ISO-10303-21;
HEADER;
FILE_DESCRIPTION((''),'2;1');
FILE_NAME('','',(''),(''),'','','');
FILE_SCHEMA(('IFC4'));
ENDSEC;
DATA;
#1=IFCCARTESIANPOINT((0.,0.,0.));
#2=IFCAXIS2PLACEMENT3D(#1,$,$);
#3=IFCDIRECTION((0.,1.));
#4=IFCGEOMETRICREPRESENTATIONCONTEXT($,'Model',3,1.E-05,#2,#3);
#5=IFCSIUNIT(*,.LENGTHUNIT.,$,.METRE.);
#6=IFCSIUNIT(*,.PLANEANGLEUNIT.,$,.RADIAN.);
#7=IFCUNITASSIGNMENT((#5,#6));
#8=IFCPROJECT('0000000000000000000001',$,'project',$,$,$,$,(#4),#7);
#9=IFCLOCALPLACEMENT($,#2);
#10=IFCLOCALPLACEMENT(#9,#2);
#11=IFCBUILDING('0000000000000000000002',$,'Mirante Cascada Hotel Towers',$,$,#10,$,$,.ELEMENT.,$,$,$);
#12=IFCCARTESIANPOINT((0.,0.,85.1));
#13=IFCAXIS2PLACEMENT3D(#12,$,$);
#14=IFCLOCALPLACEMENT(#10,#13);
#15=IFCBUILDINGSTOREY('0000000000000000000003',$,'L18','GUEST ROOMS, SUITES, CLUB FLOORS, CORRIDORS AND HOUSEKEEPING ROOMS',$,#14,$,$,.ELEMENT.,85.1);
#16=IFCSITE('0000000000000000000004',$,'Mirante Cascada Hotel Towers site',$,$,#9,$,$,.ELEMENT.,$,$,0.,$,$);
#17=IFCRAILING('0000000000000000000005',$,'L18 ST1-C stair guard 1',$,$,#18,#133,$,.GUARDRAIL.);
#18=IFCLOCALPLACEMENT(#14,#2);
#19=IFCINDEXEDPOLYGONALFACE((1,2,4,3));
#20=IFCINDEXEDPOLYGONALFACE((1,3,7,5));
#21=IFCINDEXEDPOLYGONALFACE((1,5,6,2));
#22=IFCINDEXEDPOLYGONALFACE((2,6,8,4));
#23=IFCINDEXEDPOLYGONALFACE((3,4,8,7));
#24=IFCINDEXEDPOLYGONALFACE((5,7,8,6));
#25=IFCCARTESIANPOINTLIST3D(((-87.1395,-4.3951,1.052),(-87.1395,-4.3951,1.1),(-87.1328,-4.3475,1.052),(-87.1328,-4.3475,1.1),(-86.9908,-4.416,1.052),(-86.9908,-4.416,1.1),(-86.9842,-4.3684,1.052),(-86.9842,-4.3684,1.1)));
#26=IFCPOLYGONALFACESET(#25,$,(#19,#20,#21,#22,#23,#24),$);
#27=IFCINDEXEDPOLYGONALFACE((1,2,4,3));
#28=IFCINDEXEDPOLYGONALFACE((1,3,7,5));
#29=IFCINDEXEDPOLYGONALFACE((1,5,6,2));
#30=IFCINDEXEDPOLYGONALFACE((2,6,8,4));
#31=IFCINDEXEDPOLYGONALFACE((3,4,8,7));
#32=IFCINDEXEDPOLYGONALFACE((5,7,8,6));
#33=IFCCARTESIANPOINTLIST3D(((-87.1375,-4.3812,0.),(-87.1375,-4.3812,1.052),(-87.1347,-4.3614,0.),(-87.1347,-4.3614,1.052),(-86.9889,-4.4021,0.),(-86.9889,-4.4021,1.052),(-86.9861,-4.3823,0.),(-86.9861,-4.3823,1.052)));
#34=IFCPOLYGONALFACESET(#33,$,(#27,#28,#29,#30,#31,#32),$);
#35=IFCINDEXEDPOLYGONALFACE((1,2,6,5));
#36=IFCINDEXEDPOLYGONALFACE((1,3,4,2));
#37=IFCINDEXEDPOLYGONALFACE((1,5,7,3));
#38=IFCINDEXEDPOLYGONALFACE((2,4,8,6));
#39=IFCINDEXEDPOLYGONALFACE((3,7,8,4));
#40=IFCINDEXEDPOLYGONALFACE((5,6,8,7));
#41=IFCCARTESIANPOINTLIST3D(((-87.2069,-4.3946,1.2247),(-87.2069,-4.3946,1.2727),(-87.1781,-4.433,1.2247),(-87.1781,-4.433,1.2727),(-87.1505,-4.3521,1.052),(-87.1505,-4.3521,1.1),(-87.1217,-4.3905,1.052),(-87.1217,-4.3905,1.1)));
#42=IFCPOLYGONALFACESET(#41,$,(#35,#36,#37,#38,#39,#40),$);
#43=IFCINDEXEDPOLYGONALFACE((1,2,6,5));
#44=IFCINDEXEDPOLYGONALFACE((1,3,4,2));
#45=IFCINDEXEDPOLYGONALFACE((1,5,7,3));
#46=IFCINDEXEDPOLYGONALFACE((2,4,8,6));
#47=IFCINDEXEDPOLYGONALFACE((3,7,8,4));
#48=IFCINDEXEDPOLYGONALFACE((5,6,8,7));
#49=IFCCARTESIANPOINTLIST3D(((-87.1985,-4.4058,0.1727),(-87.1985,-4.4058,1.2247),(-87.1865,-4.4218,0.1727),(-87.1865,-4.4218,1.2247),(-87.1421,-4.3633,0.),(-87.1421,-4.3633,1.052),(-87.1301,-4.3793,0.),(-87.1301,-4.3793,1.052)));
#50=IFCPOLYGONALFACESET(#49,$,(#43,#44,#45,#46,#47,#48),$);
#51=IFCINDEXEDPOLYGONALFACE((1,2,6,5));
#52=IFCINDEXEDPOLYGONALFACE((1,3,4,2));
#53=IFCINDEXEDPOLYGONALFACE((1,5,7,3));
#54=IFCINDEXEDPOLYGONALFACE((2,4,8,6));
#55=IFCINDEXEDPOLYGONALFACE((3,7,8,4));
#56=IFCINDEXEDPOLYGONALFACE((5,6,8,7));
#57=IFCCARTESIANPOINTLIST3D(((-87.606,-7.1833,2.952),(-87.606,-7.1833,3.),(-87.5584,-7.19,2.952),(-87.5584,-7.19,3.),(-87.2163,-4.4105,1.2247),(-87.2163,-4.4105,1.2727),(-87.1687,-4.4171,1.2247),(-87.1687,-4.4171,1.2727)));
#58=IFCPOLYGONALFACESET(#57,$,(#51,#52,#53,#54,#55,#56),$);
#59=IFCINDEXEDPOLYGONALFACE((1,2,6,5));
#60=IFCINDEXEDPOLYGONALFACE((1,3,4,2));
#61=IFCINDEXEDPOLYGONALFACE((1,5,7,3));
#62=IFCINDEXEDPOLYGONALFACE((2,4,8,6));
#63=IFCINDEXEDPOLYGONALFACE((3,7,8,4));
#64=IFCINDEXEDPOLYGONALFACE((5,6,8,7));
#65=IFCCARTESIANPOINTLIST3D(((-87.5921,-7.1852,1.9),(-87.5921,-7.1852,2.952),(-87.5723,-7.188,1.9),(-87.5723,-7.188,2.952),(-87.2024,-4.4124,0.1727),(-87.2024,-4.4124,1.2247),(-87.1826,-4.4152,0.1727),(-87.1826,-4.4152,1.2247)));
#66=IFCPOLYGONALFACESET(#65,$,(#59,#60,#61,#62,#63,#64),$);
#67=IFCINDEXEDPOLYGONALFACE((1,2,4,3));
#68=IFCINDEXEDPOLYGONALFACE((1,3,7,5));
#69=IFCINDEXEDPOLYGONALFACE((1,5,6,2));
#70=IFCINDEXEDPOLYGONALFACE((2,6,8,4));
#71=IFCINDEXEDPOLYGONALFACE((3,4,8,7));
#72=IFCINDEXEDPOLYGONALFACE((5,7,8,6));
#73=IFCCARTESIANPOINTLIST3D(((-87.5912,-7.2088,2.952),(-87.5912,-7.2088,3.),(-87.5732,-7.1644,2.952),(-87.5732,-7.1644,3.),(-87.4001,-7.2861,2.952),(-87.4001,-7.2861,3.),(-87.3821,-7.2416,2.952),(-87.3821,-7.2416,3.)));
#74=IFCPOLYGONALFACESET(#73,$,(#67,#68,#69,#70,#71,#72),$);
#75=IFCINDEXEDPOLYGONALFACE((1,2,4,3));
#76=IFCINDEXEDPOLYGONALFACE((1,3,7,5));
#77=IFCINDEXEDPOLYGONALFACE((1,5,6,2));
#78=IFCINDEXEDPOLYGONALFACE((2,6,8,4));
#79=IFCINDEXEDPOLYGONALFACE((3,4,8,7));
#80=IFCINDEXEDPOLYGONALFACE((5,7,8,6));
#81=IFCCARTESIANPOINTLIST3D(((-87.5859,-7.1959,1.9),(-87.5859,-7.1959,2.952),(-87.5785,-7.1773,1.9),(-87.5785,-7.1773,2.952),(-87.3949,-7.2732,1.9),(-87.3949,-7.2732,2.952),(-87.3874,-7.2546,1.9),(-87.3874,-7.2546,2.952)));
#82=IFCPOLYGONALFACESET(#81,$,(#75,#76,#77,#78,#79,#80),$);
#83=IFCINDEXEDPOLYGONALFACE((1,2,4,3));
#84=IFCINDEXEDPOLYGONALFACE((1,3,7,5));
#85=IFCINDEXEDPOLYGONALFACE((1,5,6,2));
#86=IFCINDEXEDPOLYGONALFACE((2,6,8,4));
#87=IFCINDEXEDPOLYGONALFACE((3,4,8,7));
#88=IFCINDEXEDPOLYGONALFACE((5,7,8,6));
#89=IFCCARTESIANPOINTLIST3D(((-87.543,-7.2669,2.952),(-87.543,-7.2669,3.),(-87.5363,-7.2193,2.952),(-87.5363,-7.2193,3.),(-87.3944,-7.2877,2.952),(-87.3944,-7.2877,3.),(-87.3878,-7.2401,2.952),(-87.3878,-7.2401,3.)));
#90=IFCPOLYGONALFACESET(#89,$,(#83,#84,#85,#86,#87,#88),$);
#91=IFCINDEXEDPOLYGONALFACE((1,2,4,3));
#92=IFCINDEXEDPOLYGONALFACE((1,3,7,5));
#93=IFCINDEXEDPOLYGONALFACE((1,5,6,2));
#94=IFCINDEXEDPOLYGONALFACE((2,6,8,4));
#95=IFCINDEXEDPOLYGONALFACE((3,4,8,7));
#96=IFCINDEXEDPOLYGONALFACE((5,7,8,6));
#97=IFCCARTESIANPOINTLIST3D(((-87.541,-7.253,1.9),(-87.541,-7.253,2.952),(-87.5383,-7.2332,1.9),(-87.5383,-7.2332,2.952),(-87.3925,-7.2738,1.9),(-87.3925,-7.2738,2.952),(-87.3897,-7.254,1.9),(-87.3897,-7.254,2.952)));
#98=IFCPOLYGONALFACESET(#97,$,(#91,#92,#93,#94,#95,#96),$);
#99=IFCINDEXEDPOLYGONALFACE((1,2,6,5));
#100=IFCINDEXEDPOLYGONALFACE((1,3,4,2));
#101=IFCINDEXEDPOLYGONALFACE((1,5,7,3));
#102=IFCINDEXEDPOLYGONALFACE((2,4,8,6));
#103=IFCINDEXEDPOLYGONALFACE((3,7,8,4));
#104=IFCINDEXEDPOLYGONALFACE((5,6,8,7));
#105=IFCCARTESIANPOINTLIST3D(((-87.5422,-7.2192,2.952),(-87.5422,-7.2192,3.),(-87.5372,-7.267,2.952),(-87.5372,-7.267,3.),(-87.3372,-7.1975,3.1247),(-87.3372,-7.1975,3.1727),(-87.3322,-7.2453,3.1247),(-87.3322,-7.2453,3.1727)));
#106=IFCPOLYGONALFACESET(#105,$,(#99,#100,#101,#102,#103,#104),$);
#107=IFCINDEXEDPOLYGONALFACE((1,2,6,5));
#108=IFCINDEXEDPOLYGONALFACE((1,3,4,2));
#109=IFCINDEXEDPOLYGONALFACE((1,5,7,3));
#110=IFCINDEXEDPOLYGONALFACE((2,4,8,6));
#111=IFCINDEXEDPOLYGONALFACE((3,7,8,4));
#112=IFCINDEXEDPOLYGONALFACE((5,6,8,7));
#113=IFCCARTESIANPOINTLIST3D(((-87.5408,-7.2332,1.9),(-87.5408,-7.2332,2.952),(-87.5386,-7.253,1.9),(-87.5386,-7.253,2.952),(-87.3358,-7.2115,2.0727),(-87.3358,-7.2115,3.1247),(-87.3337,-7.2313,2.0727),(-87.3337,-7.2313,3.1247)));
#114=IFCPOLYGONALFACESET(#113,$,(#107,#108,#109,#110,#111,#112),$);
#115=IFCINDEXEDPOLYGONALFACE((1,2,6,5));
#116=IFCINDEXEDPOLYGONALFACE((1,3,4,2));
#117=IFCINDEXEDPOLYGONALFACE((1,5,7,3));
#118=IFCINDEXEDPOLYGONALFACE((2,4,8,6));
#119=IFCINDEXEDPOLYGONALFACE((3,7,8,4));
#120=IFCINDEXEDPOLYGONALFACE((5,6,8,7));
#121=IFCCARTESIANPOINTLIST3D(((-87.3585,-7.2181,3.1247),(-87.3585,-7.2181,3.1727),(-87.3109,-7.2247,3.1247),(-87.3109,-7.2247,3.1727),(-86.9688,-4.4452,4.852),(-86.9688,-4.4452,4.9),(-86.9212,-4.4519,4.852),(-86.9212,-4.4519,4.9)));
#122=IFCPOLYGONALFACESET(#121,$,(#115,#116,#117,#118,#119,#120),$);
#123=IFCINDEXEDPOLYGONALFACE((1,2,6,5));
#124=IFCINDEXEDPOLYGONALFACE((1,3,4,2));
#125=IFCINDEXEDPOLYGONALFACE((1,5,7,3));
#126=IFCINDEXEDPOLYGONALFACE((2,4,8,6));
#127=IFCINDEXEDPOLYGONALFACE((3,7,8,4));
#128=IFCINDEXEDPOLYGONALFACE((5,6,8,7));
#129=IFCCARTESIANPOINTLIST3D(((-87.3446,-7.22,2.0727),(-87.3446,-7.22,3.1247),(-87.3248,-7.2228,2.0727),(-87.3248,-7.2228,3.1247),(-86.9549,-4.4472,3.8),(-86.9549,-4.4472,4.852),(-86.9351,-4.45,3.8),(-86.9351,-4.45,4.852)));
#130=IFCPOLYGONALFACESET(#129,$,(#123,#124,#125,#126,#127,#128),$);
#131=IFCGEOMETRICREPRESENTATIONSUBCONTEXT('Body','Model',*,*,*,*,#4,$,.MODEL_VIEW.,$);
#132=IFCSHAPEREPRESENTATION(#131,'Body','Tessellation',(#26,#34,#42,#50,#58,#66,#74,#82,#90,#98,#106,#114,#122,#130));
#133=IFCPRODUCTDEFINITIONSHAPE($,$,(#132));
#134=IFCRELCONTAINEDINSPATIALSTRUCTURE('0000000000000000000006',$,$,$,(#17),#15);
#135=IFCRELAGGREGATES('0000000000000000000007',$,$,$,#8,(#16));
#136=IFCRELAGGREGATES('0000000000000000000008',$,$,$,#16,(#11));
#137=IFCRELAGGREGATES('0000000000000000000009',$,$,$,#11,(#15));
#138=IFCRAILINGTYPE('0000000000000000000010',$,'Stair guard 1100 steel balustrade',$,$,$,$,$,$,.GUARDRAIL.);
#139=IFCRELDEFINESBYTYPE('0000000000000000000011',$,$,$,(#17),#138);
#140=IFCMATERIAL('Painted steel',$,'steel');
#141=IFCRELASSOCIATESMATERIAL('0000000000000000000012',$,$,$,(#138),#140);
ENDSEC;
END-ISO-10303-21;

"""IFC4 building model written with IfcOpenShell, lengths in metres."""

from ifc_helpers import new_model, si_unit, direction, frame, origin, origin_2d, place, context, subcontext, project, spatial, rectangle, extrude, material, type_object, element, save


model = new_model("IFC4")

# Units and contexts
model_context = context("Model", 3, precision=1e-05, world=origin(), true_north=direction((0.0, 1.0)))
body_context = subcontext(model_context, "Body", "Model", "MODEL_VIEW")
ifc_project = project(units=[si_unit("LENGTHUNIT", "METRE"), si_unit("PLANEANGLEUNIT", "RADIAN")], contexts=[model_context])

# Site, building, storey
site_placement = place(None, origin())
site = spatial("IfcSite", under=ifc_project, at=site_placement, Name="Mirante Cascada Hotel Towers site", CompositionType="ELEMENT", RefElevation=0.0)
building_placement = place(site_placement, origin())
building = spatial("IfcBuilding", under=site, at=building_placement, Name="Mirante Cascada Hotel Towers", CompositionType="ELEMENT")
storey_placement = place(building_placement, frame((0.0, 0.0, 85.1)))
storey = spatial("IfcBuildingStorey", under=building, at=storey_placement, Name="L18", Description="GUEST ROOMS, SUITES, CLUB FLOORS, CORRIDORS AND HOUSEKEEPING ROOMS", CompositionType="ELEMENT", Elevation=85.1)

# Railing
ifc_material_1 = material(Name="Painted steel", Category="steel")
railing_type = type_object("IfcRailingType", Name="Stair guard 1100 steel balustrade", PredefinedType="GUARDRAIL", material=ifc_material_1)
railing_placement = place(storey_placement, frame((-86.9875, -4.3922, 0.0)))
element("IfcRailing", 1, at=railing_placement, inside=storey, type_object=railing_type, Name="L18 ST1-C stair guard 1", PredefinedType="GUARDRAIL", context=body_context, shape_type="SweptSolid", body=[
    extrude(rectangle(XDim=0.048, YDim=0.048, at=origin_2d()), frame((0.0, 0.0, 1.076), z_axis=(-0.990254, 0.139275, 0.0), x_axis=(-0.139275, -0.990254, 0.0)), (0.0, 0.0, 1.0), 0.1501),
    extrude(rectangle(XDim=0.02, YDim=1.052, at=origin_2d()), frame((0.0, 0.0, 0.526), z_axis=(-0.990254, 0.139275, 0.0), x_axis=(-0.139275, -0.990254, 0.0)), (0.0, 0.0, 1.0), 0.1501),
    extrude(rectangle(XDim=0.048, YDim=0.048, at=origin_2d()), frame((-0.1486, 0.0209, 1.076), z_axis=(-0.798639, -0.601811, 0.0), x_axis=(0.601811, -0.798639, 0.0)), (0.0, 0.925603, 0.378496), 0.1866),
    extrude(rectangle(XDim=0.02, YDim=1.052, at=origin_2d()), frame((-0.1486, 0.0209, 0.526), z_axis=(-0.798639, -0.601811, 0.0), x_axis=(0.601811, -0.798639, 0.0)), (0.0, 0.925603, 0.378496), 0.1866),
    extrude(rectangle(XDim=0.048, YDim=0.048, at=origin_2d()), frame((-0.205, -0.0216, 1.2487), z_axis=(-0.139176, -0.990268, 0.0), x_axis=(0.990268, -0.139176, 0.0)), (0.0, 0.525021, 0.851089), 3.29),
    extrude(rectangle(XDim=0.02, YDim=1.052, at=origin_2d()), frame((-0.205, -0.0216, 0.6987), z_axis=(-0.139176, -0.990268, 0.0), x_axis=(0.990268, -0.139176, 0.0)), (0.0, 0.525021, 0.851089), 3.29),
    extrude(rectangle(XDim=0.048, YDim=0.048, at=origin_2d()), frame((-0.5947, -2.7944, 2.976), z_axis=(0.927031, -0.374984, 0.0), x_axis=(0.374984, 0.927031, 0.0)), (0.0, 0.0, 1.0), 0.2061),
    extrude(rectangle(XDim=0.02, YDim=1.052, at=origin_2d()), frame((-0.5947, -2.7944, 2.426), z_axis=(0.927031, -0.374984, 0.0), x_axis=(0.374984, 0.927031, 0.0)), (0.0, 0.0, 1.0), 0.2061),
    extrude(rectangle(XDim=0.048, YDim=0.048, at=origin_2d()), frame((-0.4036, -2.8717, 2.976), z_axis=(-0.990345, 0.138622, 0.0), x_axis=(-0.138622, -0.990345, 0.0)), (0.0, 0.0, 1.0), 0.15),
    extrude(rectangle(XDim=0.02, YDim=1.052, at=origin_2d()), frame((-0.4036, -2.8717, 2.426), z_axis=(-0.990345, 0.138622, 0.0), x_axis=(-0.138622, -0.990345, 0.0)), (0.0, 0.0, 1.0), 0.15),
    extrude(rectangle(XDim=0.048, YDim=0.048, at=origin_2d()), frame((-0.5522, -2.8509, 2.976), z_axis=(0.994444, 0.105266, 0.0), x_axis=(-0.105266, 0.994444, 0.0)), (0.0, 0.642184, 0.76655), 0.2689),
    extrude(rectangle(XDim=0.02, YDim=1.052, at=origin_2d()), frame((-0.5522, -2.8509, 2.426), z_axis=(0.994444, 0.105266, 0.0), x_axis=(-0.105266, 0.994444, 0.0)), (0.0, 0.642184, 0.76655), 0.2689),
    extrude(rectangle(XDim=0.048, YDim=0.048, at=origin_2d()), frame((-0.3472, -2.8292, 3.1487), z_axis=(0.139176, 0.990268, 0.0), x_axis=(-0.990268, 0.139176, 0.0)), (0.0, 0.525021, 0.851089), 3.29),
    extrude(rectangle(XDim=0.02, YDim=1.052, at=origin_2d()), frame((-0.3472, -2.8292, 2.5987), z_axis=(0.139176, 0.990268, 0.0), x_axis=(-0.990268, 0.139176, 0.0)), (0.0, 0.525021, 0.851089), 3.29),
])

save(model, "model.ifc")
